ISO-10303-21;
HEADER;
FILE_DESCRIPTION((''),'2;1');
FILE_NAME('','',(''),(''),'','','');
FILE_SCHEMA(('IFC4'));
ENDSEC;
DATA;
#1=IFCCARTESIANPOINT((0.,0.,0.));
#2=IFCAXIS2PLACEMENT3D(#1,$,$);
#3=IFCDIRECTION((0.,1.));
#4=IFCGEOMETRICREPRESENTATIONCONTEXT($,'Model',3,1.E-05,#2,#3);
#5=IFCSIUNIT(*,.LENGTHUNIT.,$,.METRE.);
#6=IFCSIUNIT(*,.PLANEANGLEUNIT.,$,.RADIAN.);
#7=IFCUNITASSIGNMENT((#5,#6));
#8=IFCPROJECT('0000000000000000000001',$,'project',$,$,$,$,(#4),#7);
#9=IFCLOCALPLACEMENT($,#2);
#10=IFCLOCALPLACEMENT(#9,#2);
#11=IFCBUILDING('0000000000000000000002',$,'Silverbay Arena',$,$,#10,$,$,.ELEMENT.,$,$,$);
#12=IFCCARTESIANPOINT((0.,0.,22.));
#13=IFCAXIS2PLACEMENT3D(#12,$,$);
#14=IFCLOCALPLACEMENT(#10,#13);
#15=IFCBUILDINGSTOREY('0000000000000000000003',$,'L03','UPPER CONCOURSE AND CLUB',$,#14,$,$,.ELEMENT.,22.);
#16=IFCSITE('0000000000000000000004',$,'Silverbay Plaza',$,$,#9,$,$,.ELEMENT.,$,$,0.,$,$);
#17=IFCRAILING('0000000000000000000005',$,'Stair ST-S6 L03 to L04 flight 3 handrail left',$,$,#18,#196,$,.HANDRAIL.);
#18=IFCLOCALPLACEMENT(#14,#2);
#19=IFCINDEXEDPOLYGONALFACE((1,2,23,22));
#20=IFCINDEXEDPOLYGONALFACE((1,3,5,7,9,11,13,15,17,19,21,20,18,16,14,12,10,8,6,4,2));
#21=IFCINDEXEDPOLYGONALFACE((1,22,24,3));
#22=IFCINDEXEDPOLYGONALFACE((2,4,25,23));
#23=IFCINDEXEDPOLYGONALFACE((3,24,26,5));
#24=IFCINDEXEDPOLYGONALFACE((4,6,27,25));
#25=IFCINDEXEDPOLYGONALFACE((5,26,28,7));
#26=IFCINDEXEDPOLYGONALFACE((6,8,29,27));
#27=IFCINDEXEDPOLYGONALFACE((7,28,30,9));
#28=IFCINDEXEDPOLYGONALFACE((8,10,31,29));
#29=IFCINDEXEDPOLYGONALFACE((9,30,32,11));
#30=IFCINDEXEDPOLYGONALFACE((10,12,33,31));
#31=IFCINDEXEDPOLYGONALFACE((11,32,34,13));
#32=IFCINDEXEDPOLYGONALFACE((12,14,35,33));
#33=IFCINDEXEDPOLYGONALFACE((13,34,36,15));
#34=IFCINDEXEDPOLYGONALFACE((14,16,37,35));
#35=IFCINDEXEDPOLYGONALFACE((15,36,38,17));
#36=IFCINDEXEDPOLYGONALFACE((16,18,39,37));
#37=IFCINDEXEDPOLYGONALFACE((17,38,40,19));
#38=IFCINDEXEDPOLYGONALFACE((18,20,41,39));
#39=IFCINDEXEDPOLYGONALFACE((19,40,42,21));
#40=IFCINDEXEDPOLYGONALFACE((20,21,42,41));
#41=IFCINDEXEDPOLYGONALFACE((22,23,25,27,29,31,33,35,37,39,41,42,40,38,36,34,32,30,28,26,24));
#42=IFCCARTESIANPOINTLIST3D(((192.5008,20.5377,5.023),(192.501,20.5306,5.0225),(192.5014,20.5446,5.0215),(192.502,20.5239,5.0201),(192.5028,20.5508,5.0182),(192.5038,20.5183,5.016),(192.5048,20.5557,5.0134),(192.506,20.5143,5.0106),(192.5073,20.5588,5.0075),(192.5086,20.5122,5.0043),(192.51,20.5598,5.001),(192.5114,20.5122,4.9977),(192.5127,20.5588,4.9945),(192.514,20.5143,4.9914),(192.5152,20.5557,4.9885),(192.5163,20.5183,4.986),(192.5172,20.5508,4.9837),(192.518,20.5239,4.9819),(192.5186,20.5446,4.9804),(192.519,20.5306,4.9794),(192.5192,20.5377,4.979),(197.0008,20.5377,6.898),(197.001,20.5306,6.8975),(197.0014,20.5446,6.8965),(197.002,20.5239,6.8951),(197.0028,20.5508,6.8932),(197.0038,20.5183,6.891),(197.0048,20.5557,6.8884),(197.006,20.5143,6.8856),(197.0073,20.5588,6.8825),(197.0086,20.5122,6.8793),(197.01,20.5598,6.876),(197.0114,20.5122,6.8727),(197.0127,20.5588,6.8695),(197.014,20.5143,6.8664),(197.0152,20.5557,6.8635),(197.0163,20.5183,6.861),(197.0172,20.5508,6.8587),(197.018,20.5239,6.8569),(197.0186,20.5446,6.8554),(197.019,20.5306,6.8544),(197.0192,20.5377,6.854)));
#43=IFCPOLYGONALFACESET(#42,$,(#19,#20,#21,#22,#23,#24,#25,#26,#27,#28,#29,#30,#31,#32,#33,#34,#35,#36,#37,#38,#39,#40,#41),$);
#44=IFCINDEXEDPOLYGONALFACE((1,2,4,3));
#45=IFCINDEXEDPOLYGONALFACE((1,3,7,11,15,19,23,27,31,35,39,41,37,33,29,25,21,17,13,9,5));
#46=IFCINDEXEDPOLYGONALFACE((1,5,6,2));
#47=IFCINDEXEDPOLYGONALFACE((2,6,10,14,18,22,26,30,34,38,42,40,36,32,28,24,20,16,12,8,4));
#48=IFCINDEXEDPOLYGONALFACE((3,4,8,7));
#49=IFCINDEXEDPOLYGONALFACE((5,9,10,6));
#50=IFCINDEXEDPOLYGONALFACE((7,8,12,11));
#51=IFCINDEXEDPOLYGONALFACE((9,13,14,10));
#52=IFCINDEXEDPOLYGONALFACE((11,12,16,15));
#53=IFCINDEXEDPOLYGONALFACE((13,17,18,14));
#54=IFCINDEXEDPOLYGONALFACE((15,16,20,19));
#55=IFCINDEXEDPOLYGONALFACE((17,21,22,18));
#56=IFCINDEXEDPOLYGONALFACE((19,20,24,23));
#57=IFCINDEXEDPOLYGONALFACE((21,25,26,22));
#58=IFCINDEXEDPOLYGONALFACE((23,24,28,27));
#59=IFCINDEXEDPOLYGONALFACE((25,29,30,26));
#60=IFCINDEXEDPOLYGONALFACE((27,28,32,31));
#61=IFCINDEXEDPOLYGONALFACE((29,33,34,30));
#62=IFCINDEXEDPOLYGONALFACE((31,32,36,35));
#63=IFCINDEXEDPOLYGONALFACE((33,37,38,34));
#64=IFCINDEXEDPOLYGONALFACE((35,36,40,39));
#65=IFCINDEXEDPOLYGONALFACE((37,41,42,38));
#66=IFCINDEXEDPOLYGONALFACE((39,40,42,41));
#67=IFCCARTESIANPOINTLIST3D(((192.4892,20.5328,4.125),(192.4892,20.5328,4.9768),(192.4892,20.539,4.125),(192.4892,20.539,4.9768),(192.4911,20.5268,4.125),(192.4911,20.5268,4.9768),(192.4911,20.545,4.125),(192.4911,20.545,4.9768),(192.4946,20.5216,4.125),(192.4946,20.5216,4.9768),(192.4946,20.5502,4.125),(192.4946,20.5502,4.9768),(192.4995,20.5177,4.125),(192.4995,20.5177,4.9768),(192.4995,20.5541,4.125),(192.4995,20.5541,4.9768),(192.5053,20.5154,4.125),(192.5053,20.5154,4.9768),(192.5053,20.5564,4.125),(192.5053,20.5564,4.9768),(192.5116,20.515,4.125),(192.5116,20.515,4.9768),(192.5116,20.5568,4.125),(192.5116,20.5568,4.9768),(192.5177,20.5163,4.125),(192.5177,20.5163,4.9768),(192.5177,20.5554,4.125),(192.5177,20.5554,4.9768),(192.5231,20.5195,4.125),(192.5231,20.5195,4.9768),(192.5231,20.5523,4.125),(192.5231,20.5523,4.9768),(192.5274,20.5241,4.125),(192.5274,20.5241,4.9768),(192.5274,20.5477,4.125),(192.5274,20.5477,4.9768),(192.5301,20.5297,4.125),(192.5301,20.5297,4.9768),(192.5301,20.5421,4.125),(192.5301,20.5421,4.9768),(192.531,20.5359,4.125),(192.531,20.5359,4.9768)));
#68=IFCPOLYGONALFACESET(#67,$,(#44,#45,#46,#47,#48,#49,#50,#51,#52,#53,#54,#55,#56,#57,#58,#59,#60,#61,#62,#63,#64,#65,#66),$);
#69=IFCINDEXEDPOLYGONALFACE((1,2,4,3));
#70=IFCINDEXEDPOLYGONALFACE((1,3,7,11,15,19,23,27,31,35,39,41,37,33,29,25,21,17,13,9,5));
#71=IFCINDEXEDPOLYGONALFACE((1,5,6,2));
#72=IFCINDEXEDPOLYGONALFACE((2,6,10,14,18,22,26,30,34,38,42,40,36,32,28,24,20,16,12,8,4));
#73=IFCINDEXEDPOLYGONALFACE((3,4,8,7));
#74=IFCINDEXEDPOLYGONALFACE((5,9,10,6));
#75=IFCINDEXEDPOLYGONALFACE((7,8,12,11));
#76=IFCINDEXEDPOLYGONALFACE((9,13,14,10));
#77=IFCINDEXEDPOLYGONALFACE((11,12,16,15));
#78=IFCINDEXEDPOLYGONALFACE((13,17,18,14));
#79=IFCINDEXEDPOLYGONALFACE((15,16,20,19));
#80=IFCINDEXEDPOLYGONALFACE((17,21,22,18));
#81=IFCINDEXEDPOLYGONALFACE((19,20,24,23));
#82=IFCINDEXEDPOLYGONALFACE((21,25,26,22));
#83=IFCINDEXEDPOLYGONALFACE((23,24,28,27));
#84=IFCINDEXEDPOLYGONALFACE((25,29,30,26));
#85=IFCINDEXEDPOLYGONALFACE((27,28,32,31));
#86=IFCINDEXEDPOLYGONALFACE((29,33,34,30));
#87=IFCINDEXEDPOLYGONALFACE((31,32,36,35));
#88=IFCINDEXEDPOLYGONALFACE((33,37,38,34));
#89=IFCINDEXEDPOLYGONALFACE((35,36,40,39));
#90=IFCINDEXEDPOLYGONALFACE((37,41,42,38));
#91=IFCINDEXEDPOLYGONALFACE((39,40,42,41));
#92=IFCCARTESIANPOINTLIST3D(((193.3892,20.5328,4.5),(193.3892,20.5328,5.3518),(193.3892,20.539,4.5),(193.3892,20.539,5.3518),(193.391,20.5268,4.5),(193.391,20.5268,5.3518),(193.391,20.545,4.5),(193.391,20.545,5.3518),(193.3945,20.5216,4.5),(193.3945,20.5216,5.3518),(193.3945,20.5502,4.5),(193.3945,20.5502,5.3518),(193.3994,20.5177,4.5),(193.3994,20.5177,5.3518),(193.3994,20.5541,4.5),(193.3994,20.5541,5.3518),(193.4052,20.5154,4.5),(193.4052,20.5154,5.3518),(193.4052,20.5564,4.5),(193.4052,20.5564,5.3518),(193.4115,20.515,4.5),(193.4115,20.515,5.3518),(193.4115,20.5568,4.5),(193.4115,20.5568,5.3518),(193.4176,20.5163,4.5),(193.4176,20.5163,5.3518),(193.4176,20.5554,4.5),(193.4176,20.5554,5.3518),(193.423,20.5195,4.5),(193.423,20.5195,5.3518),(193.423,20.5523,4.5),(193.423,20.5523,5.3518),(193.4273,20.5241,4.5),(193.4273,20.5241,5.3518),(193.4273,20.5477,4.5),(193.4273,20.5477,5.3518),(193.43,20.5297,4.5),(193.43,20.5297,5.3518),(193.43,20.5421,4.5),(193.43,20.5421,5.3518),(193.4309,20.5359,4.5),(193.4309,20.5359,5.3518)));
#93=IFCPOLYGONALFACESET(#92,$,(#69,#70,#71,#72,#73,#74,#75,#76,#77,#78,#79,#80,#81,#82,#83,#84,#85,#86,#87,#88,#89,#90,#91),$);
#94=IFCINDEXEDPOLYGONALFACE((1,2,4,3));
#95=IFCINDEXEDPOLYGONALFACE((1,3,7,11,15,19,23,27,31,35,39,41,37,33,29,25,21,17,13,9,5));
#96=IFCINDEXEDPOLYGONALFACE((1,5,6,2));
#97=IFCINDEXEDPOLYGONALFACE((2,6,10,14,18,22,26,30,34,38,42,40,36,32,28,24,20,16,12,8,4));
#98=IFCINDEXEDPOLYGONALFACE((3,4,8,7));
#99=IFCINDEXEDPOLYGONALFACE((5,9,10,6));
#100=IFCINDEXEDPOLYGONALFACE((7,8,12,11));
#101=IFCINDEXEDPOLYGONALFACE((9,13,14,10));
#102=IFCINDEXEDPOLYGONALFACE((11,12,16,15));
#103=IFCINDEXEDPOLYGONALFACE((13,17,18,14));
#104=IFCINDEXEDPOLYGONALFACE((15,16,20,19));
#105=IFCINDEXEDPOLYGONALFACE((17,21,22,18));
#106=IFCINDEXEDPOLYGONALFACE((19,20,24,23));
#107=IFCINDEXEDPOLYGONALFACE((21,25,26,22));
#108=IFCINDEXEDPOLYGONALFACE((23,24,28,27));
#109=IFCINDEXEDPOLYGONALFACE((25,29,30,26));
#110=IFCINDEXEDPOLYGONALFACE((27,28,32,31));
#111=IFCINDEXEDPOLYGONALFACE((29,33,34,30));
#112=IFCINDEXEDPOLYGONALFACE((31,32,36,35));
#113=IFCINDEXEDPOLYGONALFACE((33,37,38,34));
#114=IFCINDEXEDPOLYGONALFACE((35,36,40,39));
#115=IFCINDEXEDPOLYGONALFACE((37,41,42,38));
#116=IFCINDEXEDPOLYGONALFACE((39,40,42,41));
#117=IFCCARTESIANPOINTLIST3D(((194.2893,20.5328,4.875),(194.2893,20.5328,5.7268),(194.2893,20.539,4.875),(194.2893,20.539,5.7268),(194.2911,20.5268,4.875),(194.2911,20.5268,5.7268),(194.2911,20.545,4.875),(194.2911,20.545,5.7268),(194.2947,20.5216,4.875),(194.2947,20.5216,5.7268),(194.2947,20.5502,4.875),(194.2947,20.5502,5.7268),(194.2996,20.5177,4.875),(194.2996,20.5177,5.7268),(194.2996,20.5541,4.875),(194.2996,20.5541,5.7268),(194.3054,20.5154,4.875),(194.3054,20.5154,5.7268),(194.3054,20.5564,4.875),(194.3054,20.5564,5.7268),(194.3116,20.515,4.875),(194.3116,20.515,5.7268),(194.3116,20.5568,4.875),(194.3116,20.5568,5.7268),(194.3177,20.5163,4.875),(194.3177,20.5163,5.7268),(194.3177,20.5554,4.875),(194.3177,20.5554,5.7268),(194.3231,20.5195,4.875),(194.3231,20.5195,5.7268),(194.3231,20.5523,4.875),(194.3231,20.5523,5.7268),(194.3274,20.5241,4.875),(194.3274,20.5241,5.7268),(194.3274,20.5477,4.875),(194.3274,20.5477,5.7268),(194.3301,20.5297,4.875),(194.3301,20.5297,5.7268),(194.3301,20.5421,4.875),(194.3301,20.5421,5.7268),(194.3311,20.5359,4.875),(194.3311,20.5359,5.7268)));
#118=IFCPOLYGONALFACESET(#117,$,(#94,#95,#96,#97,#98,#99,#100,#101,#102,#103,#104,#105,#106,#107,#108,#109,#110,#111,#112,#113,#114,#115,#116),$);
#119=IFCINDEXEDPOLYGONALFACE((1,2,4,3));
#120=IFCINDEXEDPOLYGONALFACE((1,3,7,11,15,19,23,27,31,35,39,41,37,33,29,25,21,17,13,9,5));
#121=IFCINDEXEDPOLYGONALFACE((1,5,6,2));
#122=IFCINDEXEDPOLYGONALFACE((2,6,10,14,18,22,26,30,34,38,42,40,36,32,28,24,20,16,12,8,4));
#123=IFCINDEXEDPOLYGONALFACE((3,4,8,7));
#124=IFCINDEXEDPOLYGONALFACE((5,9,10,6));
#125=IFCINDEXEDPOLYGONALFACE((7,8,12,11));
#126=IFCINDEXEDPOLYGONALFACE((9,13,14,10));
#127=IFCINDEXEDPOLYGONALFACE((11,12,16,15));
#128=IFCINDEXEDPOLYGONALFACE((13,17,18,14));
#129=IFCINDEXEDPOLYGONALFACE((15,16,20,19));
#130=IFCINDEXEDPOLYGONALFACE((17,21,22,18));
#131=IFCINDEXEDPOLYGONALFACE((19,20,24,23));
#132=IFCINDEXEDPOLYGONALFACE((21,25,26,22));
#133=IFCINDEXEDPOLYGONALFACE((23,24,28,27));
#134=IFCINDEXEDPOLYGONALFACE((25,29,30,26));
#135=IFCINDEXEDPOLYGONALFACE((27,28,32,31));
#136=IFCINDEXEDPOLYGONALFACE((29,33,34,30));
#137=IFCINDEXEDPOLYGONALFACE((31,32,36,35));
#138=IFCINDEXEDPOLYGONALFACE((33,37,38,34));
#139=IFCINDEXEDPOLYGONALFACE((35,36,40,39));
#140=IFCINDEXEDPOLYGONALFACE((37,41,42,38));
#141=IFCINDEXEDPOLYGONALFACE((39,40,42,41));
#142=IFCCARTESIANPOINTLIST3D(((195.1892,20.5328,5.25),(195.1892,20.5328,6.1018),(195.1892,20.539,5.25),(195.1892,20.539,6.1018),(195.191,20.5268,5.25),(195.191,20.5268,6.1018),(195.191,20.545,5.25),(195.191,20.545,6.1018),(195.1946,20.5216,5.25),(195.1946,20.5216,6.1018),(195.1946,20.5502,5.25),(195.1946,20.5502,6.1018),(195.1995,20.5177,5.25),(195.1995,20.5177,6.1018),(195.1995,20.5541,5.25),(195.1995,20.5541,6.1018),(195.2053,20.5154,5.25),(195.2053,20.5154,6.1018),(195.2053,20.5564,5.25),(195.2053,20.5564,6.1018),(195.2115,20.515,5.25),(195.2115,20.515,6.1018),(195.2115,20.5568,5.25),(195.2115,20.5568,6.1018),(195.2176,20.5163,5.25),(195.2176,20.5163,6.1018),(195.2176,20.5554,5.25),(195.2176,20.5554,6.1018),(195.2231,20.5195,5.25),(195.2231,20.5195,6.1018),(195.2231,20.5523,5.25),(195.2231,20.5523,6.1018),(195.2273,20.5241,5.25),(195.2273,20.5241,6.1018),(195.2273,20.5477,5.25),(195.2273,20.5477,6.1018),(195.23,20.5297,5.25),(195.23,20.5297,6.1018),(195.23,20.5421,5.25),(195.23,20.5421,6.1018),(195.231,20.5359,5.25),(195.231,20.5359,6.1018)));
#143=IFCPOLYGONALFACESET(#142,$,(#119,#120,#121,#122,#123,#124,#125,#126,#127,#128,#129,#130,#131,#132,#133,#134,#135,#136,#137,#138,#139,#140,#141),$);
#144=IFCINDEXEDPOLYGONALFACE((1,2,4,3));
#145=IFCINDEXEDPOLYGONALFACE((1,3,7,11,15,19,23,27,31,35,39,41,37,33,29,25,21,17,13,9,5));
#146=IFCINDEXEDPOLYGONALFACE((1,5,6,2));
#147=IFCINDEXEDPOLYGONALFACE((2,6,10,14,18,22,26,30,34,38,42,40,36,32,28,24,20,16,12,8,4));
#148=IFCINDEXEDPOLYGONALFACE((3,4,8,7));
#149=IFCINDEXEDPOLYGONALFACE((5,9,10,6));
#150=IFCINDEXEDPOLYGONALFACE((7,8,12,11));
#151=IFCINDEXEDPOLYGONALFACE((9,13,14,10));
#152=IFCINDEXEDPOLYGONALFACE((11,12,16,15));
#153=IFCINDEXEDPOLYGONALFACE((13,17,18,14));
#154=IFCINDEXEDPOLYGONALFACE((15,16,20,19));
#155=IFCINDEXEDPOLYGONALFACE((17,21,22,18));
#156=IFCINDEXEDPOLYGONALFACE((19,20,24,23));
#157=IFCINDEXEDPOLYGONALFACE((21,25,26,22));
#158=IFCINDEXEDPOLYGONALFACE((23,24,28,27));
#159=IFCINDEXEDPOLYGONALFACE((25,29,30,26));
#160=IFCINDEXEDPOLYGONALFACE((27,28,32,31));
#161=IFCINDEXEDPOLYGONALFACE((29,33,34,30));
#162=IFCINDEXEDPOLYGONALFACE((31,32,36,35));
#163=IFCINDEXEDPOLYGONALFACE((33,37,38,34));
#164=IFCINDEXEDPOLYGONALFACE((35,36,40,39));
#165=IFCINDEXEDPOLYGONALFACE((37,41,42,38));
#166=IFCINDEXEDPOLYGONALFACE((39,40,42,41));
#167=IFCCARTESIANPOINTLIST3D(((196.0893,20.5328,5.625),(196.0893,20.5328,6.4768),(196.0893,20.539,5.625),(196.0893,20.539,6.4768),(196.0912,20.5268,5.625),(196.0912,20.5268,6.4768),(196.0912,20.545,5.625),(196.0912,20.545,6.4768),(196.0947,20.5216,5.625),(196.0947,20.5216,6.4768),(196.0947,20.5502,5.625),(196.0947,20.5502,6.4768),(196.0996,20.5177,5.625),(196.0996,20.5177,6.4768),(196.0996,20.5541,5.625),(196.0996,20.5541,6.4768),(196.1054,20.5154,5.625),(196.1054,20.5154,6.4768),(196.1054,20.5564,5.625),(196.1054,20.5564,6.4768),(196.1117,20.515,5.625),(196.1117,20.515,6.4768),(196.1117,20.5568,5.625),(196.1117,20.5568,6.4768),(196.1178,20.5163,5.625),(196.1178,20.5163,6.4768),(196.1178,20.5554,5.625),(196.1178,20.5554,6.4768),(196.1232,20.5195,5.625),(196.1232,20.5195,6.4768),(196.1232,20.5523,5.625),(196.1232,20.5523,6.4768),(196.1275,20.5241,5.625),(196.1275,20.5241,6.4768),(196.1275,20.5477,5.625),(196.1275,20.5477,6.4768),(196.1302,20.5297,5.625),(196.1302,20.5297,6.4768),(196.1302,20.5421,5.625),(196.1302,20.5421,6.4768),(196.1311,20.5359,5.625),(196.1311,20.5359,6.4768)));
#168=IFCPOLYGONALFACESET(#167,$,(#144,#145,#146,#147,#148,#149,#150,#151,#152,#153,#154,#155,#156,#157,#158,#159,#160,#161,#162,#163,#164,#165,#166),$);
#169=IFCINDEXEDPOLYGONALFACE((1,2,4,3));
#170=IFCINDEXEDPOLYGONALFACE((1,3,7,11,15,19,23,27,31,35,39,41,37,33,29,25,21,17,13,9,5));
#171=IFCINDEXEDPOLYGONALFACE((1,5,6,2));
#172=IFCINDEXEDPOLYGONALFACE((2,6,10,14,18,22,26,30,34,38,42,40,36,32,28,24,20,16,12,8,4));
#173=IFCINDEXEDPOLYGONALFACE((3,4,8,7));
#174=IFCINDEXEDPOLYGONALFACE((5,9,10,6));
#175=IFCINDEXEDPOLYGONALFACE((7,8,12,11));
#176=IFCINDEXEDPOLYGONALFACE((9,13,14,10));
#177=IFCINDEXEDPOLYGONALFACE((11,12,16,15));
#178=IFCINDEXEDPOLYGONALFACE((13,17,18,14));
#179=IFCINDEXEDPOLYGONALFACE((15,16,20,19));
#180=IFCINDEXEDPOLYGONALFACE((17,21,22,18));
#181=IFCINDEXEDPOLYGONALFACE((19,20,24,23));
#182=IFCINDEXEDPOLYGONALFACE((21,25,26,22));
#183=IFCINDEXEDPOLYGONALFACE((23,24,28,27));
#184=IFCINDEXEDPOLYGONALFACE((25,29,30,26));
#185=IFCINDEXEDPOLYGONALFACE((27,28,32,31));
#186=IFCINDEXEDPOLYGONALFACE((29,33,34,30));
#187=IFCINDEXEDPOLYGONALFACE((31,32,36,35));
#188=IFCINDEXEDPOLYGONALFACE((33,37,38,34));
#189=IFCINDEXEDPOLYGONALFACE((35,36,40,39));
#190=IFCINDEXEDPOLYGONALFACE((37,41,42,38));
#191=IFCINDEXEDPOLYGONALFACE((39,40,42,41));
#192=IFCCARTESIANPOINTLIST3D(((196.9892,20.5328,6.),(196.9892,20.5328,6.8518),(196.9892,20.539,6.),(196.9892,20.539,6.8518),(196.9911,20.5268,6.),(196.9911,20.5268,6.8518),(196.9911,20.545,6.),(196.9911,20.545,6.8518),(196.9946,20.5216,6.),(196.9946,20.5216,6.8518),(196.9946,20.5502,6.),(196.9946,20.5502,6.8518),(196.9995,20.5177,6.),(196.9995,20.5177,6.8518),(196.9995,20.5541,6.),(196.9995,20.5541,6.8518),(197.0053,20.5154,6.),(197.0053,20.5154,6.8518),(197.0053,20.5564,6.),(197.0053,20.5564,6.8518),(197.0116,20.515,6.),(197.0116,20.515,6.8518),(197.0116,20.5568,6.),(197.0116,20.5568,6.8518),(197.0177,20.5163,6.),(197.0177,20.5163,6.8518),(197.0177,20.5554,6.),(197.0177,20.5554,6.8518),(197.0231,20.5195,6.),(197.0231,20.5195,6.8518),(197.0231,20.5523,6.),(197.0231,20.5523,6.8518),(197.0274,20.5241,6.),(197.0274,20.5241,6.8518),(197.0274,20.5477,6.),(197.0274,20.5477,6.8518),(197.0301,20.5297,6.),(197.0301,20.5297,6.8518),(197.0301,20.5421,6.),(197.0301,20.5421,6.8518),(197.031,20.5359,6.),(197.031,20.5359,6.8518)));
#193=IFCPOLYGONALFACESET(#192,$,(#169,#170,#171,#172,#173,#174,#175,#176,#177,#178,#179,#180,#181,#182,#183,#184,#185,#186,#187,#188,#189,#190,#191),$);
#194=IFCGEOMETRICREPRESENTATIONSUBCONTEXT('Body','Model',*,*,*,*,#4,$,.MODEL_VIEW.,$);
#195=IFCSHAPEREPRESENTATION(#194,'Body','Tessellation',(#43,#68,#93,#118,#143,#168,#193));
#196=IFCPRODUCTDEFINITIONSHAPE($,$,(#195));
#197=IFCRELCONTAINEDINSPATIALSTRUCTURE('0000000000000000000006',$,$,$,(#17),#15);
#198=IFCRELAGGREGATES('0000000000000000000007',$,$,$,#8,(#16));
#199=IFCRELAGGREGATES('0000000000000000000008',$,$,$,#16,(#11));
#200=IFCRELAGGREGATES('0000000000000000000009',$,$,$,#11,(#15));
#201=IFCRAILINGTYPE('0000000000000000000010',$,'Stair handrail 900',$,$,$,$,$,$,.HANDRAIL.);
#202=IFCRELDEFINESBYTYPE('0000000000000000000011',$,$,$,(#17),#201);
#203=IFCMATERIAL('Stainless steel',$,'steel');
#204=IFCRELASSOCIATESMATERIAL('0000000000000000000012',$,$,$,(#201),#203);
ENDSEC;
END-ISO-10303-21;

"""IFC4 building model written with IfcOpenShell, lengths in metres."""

from ifc_helpers import new_model, si_unit, direction, frame, origin, origin_2d, place, context, subcontext, project, spatial, circle, extrude, material, type_object, element, save


model = new_model("IFC4")

# Units and contexts
model_context = context("Model", 3, precision=1e-05, world=origin(), true_north=direction((0.0, 1.0)))
body_context = subcontext(model_context, "Body", "Model", "MODEL_VIEW")
ifc_project = project(units=[si_unit("LENGTHUNIT", "METRE"), si_unit("PLANEANGLEUNIT", "RADIAN")], contexts=[model_context])

# Site, building, storey
site_placement = place(None, origin())
site = spatial("IfcSite", under=ifc_project, at=site_placement, Name="Silverbay Plaza", CompositionType="ELEMENT", RefElevation=0.0)
building_placement = place(site_placement, origin())
building = spatial("IfcBuilding", under=site, at=building_placement, Name="Silverbay Arena", CompositionType="ELEMENT")
storey_placement = place(building_placement, frame((0.0, 0.0, 22.0)))
storey = spatial("IfcBuildingStorey", under=building, at=storey_placement, Name="L03", Description="UPPER CONCOURSE AND CLUB", CompositionType="ELEMENT", Elevation=22.0)

# Railing
ifc_material_1 = material(Name="Stainless steel", Category="steel")
railing_type_1 = type_object("IfcRailingType", Name="Stair handrail 900", PredefinedType="HANDRAIL", material=ifc_material_1)
for number, where, name in (
    (1, (192.51, 20.5359, 4.125), "Stair ST-S6 L03 to L04 flight 3 handrail left"),
):
    element("IfcRailing", number, at=place(storey_placement, frame(where)), inside=storey, type_object=railing_type_1, Name=name, PredefinedType="HANDRAIL", context=body_context, shape_type="SweptSolid", body=[
        extrude(circle(Radius=0.0239, at=origin_2d()), frame((0.0, 0.0, 0.876), z_axis=(0.923077, 0.0, 0.384615), x_axis=(0.0, 1.0, 0.0)), (0.0, 0.0, 1.0), 4.875),
        extrude(circle(Radius=0.021, at=origin_2d()), origin(), (0.0, 0.0, 1.0), 0.8518),
        extrude(circle(Radius=0.021, at=origin_2d()), frame((0.8999, 0.0, 0.375)), (0.0, 0.0, 1.0), 0.8518),
        extrude(circle(Radius=0.021, at=origin_2d()), frame((1.8, 0.0, 0.75)), (0.0, 0.0, 1.0), 0.8518),
        extrude(circle(Radius=0.021, at=origin_2d()), frame((2.7, 0.0, 1.125)), (0.0, 0.0, 1.0), 0.8518),
        extrude(circle(Radius=0.021, at=origin_2d()), frame((3.6001, 0.0, 1.5)), (0.0, 0.0, 1.0), 0.8518),
        extrude(circle(Radius=0.021, at=origin_2d()), frame((4.5, 0.0, 1.875)), (0.0, 0.0, 1.0), 0.8518),
    ])

save(model, "model.ifc")
